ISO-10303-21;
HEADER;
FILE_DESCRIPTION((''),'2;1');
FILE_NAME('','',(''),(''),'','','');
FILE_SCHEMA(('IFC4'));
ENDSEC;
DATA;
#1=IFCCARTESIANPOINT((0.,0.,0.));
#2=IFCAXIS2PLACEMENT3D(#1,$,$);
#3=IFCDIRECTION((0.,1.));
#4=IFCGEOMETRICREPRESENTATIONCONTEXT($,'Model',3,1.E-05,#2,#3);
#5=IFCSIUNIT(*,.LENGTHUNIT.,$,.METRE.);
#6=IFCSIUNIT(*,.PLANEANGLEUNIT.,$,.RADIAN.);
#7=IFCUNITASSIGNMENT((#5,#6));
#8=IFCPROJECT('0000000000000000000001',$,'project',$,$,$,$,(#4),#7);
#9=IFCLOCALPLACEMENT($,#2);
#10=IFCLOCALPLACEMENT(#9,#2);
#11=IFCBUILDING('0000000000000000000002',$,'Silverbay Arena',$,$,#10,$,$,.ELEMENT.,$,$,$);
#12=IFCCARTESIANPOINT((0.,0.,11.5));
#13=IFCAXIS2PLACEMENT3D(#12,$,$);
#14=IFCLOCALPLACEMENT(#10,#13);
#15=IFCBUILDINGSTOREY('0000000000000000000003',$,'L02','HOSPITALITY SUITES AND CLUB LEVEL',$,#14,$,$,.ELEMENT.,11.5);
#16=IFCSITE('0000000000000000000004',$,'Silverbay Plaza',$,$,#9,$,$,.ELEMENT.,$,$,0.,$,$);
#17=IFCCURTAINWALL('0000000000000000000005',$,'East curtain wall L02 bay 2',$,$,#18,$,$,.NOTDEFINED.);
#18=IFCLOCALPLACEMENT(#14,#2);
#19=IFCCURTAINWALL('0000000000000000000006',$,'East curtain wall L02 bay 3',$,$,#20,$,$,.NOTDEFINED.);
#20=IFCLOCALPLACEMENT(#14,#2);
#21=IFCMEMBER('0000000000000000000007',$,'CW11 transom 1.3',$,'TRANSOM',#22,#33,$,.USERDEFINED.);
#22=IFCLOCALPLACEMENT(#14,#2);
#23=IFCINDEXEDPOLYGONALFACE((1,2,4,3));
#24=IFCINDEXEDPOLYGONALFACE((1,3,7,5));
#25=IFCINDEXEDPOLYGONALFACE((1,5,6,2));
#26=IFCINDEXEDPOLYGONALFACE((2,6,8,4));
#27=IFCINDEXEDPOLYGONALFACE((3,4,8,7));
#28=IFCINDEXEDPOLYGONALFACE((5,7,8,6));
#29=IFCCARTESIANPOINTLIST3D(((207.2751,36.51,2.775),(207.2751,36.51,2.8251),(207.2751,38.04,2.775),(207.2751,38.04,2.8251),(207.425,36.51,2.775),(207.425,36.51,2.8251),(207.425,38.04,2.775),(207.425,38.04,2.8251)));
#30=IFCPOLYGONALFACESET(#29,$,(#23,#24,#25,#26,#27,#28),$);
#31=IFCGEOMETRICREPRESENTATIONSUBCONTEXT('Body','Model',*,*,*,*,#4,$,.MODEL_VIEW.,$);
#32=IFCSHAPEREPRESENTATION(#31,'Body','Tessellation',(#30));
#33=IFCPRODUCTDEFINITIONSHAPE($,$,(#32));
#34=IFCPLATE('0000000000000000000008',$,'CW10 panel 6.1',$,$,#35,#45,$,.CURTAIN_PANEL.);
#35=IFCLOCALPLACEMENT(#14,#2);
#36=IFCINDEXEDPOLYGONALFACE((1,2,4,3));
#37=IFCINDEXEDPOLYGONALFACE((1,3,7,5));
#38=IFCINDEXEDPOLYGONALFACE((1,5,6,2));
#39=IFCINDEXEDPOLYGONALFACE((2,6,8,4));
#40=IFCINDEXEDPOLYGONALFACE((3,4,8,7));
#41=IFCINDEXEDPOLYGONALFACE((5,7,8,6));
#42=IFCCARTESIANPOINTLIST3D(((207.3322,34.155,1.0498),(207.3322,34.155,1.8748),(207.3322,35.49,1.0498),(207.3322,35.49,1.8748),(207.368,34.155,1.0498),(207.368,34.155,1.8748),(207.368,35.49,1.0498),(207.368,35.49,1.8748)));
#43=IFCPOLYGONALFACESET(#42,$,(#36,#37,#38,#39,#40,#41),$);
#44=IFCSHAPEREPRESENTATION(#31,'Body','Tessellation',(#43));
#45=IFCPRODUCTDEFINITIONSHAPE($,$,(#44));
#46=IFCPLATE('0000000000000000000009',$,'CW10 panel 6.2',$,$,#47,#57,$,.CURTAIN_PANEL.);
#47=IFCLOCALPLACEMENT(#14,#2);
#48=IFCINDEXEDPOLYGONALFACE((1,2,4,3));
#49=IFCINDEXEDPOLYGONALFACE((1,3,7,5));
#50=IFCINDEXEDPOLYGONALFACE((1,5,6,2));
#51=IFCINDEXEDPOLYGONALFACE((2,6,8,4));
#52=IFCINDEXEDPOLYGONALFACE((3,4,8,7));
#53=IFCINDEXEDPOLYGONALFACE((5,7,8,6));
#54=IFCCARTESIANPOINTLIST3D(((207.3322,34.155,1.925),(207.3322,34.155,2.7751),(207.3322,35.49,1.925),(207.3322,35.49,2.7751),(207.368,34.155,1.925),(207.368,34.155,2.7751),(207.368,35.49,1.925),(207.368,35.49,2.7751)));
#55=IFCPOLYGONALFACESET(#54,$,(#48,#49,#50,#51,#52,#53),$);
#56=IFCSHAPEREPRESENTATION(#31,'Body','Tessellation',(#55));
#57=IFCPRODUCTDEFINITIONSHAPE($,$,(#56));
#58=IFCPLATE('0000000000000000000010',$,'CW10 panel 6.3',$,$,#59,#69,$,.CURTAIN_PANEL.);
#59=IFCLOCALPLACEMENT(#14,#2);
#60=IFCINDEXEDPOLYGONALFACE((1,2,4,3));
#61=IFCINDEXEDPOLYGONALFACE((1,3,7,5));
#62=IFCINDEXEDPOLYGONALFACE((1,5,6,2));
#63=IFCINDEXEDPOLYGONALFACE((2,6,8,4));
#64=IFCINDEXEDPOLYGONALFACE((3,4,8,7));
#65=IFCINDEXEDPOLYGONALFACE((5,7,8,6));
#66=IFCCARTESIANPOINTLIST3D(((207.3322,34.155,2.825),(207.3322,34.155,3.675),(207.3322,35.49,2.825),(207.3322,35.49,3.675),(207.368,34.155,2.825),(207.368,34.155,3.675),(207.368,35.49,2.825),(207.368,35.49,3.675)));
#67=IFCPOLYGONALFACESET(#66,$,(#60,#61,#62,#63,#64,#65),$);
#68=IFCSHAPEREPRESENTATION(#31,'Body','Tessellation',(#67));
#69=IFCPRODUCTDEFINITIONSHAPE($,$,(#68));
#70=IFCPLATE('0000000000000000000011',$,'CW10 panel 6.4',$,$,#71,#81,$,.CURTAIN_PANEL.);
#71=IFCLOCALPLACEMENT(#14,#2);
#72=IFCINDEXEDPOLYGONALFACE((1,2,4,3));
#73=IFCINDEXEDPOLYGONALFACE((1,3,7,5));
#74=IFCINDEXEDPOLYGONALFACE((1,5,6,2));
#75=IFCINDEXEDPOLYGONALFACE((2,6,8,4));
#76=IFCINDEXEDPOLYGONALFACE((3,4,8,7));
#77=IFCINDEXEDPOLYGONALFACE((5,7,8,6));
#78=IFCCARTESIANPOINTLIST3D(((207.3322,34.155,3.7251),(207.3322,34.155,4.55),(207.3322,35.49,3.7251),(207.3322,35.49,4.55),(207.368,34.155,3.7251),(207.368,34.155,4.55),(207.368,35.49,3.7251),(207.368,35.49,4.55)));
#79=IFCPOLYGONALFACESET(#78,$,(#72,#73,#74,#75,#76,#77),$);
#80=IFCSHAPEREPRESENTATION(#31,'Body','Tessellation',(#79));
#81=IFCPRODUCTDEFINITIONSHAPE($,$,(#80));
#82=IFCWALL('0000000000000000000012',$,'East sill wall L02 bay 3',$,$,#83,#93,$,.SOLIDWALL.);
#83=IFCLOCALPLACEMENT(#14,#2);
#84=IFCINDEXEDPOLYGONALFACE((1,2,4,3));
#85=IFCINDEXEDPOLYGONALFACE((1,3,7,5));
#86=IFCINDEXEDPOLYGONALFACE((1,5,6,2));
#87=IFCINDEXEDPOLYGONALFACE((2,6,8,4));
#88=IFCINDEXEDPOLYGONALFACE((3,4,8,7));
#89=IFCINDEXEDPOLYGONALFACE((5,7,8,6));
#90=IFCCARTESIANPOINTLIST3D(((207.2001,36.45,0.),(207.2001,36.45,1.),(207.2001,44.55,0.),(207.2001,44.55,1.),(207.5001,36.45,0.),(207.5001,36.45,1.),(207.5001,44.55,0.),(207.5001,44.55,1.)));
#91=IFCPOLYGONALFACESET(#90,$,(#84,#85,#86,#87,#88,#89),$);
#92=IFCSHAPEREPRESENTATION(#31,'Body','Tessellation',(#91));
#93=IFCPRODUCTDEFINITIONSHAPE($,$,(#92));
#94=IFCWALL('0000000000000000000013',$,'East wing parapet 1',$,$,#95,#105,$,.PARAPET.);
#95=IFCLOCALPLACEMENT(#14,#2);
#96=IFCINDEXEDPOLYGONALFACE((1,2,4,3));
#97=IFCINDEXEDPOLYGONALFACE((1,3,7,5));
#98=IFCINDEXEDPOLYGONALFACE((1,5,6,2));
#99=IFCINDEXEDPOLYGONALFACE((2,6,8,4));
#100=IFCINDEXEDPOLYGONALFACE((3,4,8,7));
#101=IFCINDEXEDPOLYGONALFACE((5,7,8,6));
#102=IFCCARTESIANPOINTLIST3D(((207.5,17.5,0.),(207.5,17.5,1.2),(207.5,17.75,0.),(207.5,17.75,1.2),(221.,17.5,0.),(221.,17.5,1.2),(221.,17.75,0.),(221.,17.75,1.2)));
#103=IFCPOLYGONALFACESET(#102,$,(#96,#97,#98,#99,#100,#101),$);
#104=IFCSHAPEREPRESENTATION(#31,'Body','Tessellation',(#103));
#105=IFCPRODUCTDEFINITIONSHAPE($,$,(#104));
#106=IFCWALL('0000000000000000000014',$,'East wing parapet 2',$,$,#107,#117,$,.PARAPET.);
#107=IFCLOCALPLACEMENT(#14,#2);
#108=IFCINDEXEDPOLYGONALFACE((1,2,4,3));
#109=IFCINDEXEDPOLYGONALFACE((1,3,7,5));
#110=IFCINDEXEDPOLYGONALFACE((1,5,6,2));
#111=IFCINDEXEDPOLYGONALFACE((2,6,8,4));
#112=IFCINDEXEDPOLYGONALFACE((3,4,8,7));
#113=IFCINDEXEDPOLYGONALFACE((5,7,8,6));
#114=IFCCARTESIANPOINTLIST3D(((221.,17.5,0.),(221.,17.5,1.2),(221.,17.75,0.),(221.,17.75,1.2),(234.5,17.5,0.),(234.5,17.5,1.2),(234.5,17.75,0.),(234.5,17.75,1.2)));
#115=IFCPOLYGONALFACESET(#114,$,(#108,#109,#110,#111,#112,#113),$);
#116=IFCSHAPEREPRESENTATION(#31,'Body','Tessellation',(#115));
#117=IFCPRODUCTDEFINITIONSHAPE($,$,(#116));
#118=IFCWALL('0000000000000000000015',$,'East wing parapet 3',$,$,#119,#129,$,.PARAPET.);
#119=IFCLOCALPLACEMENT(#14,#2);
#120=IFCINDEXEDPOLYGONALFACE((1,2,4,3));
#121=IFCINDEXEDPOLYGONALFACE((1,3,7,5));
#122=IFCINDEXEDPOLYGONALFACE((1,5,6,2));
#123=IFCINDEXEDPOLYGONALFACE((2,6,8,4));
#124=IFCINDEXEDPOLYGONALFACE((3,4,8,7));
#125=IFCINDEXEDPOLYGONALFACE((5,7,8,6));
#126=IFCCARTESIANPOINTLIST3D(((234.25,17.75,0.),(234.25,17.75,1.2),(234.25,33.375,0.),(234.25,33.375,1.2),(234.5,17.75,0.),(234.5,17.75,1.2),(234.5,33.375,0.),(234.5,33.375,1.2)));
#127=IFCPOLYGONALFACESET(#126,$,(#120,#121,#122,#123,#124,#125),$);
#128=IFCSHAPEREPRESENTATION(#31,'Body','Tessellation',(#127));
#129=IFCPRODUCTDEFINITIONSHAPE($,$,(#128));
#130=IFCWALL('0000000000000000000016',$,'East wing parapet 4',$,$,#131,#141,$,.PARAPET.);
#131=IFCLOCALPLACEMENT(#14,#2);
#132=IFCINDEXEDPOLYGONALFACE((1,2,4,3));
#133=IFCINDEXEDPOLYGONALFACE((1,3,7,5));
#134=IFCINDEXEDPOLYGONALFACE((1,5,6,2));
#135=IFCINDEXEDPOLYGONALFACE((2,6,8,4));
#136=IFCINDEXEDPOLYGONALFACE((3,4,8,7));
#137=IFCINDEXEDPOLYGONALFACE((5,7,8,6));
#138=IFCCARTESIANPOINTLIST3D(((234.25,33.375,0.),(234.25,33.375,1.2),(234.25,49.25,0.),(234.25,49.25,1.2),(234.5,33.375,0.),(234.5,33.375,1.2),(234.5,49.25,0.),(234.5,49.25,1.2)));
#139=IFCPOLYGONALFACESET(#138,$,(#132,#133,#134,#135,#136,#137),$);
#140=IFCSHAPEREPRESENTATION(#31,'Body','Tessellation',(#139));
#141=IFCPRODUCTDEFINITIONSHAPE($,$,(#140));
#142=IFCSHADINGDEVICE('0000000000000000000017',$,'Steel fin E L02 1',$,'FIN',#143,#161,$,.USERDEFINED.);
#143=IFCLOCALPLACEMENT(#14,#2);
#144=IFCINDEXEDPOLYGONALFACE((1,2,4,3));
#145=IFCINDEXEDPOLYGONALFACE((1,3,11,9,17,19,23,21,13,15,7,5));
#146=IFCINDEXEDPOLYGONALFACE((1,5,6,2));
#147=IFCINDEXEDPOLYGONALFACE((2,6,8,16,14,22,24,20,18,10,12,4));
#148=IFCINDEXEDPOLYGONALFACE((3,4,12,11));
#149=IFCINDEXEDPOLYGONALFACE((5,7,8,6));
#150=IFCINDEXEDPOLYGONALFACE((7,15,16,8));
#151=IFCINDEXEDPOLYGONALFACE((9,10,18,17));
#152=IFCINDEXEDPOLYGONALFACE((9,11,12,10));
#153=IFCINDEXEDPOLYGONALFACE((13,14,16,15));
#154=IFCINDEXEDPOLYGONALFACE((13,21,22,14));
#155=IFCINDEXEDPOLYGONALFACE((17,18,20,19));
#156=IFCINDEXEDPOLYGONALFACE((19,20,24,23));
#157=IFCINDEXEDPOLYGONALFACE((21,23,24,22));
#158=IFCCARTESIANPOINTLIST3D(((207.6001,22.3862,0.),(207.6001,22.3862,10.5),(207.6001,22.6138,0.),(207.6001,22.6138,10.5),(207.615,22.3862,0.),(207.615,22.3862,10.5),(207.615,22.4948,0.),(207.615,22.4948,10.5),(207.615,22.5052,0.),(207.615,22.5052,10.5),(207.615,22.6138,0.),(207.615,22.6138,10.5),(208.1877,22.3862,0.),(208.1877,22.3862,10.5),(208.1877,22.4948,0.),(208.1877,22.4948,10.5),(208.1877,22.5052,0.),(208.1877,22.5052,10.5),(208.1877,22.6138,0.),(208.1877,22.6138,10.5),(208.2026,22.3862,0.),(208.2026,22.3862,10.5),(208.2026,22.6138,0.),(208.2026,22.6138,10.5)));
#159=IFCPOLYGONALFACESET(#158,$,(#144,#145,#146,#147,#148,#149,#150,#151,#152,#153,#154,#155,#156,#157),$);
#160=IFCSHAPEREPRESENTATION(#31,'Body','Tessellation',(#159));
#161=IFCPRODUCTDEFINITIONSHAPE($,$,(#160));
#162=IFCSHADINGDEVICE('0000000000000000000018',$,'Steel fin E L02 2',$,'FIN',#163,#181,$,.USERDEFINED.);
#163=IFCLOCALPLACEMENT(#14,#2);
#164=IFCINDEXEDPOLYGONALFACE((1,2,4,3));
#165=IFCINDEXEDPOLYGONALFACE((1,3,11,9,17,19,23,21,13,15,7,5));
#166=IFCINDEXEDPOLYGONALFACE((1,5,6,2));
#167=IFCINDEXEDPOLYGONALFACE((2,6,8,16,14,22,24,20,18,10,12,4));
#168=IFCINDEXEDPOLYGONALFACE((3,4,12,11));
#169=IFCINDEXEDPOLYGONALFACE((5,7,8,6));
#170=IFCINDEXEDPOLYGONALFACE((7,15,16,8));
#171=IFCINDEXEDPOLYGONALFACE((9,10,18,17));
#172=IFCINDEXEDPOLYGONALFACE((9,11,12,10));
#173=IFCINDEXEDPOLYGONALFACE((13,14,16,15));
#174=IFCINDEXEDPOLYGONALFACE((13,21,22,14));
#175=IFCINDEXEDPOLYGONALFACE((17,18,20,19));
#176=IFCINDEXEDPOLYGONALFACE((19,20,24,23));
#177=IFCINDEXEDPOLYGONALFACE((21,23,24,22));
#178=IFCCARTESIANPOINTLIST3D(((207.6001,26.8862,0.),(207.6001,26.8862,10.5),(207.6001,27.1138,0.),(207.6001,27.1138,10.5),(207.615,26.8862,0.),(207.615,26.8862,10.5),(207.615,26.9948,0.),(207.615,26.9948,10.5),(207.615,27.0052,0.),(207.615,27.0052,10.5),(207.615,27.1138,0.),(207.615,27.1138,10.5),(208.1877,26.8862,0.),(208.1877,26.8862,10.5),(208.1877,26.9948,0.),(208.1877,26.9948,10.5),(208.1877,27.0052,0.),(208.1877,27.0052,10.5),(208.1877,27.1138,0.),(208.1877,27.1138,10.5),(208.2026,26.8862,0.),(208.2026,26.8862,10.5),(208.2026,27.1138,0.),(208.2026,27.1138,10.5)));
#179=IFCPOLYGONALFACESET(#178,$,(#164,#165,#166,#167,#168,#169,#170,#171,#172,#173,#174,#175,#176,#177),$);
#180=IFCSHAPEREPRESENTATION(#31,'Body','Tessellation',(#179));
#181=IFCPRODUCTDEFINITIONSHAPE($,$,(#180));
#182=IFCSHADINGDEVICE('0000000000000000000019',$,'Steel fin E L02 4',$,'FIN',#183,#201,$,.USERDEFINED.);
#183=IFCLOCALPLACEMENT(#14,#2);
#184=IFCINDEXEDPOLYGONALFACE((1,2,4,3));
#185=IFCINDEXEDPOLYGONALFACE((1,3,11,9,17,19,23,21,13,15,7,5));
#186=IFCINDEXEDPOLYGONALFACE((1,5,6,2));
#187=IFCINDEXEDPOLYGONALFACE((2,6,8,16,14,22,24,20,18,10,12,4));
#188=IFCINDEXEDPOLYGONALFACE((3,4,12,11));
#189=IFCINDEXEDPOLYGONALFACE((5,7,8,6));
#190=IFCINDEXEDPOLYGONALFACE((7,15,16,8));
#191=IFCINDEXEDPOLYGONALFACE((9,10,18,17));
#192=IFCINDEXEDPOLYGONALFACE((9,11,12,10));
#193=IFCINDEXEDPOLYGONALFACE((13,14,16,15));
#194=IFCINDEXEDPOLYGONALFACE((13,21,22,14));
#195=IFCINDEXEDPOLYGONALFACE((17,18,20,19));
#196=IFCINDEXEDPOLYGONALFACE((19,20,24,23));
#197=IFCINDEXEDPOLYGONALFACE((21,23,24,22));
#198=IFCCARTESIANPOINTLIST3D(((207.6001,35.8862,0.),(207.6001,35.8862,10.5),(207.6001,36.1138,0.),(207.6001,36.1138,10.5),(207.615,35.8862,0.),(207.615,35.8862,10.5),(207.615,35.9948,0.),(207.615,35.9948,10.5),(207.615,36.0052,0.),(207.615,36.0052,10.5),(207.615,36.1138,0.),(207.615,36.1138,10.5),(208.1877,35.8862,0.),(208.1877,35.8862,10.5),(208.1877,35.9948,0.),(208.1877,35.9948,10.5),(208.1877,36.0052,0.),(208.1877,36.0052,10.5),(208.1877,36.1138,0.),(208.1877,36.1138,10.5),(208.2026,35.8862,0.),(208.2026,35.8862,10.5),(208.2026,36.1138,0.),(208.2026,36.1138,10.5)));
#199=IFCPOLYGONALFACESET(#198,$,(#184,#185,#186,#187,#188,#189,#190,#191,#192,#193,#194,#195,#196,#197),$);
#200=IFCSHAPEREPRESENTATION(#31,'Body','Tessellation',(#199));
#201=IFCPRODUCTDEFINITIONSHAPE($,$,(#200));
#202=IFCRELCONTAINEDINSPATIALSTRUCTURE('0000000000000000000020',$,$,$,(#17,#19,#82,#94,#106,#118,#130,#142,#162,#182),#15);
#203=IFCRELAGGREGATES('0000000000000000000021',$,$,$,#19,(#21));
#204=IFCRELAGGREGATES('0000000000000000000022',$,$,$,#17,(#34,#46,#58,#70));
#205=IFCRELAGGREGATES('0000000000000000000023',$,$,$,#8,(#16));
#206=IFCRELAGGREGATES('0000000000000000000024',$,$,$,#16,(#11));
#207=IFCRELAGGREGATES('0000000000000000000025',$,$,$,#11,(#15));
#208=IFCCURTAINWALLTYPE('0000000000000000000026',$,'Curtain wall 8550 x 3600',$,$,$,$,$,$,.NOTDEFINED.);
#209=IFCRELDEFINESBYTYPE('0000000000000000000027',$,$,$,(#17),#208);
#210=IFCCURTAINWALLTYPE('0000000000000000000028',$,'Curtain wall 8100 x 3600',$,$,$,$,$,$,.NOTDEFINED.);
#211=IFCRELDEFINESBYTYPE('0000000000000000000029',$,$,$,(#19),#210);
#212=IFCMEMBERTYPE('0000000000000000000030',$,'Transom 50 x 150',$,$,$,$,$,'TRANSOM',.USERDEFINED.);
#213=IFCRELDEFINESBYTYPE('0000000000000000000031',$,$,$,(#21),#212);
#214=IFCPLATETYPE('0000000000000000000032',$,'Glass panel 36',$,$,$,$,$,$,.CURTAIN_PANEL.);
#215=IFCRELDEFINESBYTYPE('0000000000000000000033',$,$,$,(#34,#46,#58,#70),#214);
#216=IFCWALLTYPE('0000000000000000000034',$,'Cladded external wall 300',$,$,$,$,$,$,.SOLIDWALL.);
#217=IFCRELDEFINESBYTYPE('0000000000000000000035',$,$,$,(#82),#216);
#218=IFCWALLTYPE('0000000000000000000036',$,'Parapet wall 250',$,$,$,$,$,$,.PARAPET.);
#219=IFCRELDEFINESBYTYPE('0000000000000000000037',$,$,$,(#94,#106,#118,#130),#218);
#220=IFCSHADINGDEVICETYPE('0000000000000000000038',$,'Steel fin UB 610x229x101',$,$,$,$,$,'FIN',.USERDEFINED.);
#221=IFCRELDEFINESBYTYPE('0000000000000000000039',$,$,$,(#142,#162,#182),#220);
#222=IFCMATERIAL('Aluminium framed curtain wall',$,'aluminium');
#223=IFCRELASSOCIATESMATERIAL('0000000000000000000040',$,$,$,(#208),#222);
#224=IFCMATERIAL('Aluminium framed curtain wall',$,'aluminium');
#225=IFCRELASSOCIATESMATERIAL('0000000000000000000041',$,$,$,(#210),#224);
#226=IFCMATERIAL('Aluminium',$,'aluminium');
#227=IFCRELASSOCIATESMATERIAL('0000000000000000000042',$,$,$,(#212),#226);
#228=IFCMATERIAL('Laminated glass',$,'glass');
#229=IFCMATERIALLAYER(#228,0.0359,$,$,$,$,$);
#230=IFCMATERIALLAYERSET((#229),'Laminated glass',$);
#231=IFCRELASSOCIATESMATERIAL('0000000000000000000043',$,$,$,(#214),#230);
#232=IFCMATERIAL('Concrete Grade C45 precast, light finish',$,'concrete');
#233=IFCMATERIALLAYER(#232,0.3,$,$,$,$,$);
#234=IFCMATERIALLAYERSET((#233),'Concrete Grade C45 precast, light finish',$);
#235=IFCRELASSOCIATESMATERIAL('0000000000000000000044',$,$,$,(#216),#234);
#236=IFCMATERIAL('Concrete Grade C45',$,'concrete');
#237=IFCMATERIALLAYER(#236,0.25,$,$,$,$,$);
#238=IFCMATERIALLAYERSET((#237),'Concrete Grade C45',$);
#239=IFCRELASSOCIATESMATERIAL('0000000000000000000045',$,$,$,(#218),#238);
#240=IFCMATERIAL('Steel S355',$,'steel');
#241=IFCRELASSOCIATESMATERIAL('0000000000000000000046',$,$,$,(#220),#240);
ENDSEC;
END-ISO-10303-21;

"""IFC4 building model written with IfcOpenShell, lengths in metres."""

from ifc_helpers import new_model, si_unit, direction, frame, frame_2d, origin, origin_2d, place, context, subcontext, project, spatial, rectangle, i_section, extrude, material, layer, layer_set, material_profile, profile_set, type_object, element, aggregate, save


model = new_model("IFC4")

# Units and contexts
model_context = context("Model", 3, precision=1e-05, world=origin(), true_north=direction((0.0, 1.0)))
body_context = subcontext(model_context, "Body", "Model", "MODEL_VIEW")
ifc_project = project(units=[si_unit("LENGTHUNIT", "METRE"), si_unit("PLANEANGLEUNIT", "RADIAN")], contexts=[model_context])

# Site, building, storey
site_placement = place(None, origin())
site = spatial("IfcSite", under=ifc_project, at=site_placement, Name="Silverbay Plaza", CompositionType="ELEMENT", RefElevation=0.0)
building_placement = place(site_placement, origin())
building = spatial("IfcBuilding", under=site, at=building_placement, Name="Silverbay Arena", CompositionType="ELEMENT")
storey_placement = place(building_placement, frame((0.0, 0.0, 11.5)))
storey = spatial("IfcBuildingStorey", under=building, at=storey_placement, Name="L02", Description="HOSPITALITY SUITES AND CLUB LEVEL", CompositionType="ELEMENT", Elevation=11.5)

# Curtain walls
ifc_material_1 = material(Name="Aluminium framed curtain wall", Category="aluminium")
curtain_wall_type_1 = type_object("IfcCurtainWallType", Name="Curtain wall 8550 x 3600", PredefinedType="NOTDEFINED", material=ifc_material_1)
curtain_wall_1_placement = place(storey_placement, origin())
curtain_wall_1 = element("IfcCurtainWall", 1, at=curtain_wall_1_placement, inside=storey, type_object=curtain_wall_type_1, Name="East curtain wall L02 bay 2", PredefinedType="NOTDEFINED")
ifc_material_2 = material(Name="Aluminium framed curtain wall", Category="aluminium")
curtain_wall_type_2 = type_object("IfcCurtainWallType", Name="Curtain wall 8100 x 3600", PredefinedType="NOTDEFINED", material=ifc_material_2)
curtain_wall_2_placement = place(storey_placement, origin())
curtain_wall_2 = element("IfcCurtainWall", 2, at=curtain_wall_2_placement, inside=storey, type_object=curtain_wall_type_2, Name="East curtain wall L02 bay 3", PredefinedType="NOTDEFINED")

# Member
ifc_material_3 = material(Name="Aluminium", Category="aluminium")
ifc_material_profile_1 = material_profile(ifc_material_3, rectangle(XDim=0.1499, YDim=0.05, at=origin_2d()), Name="Transom 50 x 150")
ifc_profile_set_1 = profile_set([ifc_material_profile_1], Name="Aluminium")
member_type_1 = type_object("IfcMemberType", Name="Transom 50 x 150", ElementType="TRANSOM", PredefinedType="USERDEFINED", material=ifc_profile_set_1)
member_1_placement = place(storey_placement, frame((207.3501, 36.51, 2.8), z_axis=(0.0, 1.0, 0.0), x_axis=(-1.0, 0.0, 0.0)))
member_1 = element("IfcMember", 3, at=member_1_placement, type_object=member_type_1, Name="CW11 transom 1.3", ObjectType="TRANSOM", PredefinedType="USERDEFINED", context=body_context, shape_type="SweptSolid", body=[
    extrude(rectangle(XDim=0.1499, YDim=0.05, at=origin_2d()), origin(), (0.0, 0.0, 1.0), 1.53),
])
aggregate(curtain_wall_2, [member_1])

# Plates
ifc_material_4 = material(Name="Laminated glass", Category="glass")
ifc_layer_1 = layer(ifc_material_4, 0.0359)
ifc_layer_set_1 = layer_set([ifc_layer_1], Name="Laminated glass")
plate_type = type_object("IfcPlateType", Name="Glass panel 36", PredefinedType="CURTAIN_PANEL", material=ifc_layer_set_1)
plate_1_placement = place(storey_placement, frame((207.3501, 34.8225, 1.0498), z_axis=(0.0, 0.0, 1.0), x_axis=(0.0, 1.0, 0.0)))
plate_1 = element("IfcPlate", 4, at=plate_1_placement, type_object=plate_type, Name="CW10 panel 6.1", PredefinedType="CURTAIN_PANEL", context=body_context, shape_type="SweptSolid", body=[
    extrude(rectangle(XDim=1.335, YDim=0.0359, at=origin_2d()), origin(), (0.0, 0.0, 1.0), 0.825),
])
plate_2_placement = place(storey_placement, frame((207.3501, 34.8225, 1.925), z_axis=(0.0, 0.0, 1.0), x_axis=(0.0, 1.0, 0.0)))
plate_2 = element("IfcPlate", 5, at=plate_2_placement, type_object=plate_type, Name="CW10 panel 6.2", PredefinedType="CURTAIN_PANEL", context=body_context, shape_type="SweptSolid", body=[
    extrude(rectangle(XDim=1.335, YDim=0.0359, at=origin_2d()), origin(), (0.0, 0.0, 1.0), 0.8501),
])
plate_3_placement = place(storey_placement, frame((207.3501, 34.8225, 2.825), z_axis=(0.0, 0.0, 1.0), x_axis=(0.0, 1.0, 0.0)))
plate_3 = element("IfcPlate", 6, at=plate_3_placement, type_object=plate_type, Name="CW10 panel 6.3", PredefinedType="CURTAIN_PANEL", context=body_context, shape_type="SweptSolid", body=[
    extrude(rectangle(XDim=1.335, YDim=0.0359, at=origin_2d()), origin(), (0.0, 0.0, 1.0), 0.8501),
])
plate_4_placement = place(storey_placement, frame((207.3501, 34.8225, 3.7251), z_axis=(0.0, 0.0, 1.0), x_axis=(0.0, 1.0, 0.0)))
plate_4 = element("IfcPlate", 7, at=plate_4_placement, type_object=plate_type, Name="CW10 panel 6.4", PredefinedType="CURTAIN_PANEL", context=body_context, shape_type="SweptSolid", body=[
    extrude(rectangle(XDim=1.335, YDim=0.0359, at=origin_2d()), origin(), (0.0, 0.0, 1.0), 0.825),
])
aggregate(curtain_wall_1, [plate_1, plate_2, plate_3, plate_4])

# Walls
ifc_material_5 = material(Name="Concrete Grade C45 precast, light finish", Category="concrete")
ifc_layer_2 = layer(ifc_material_5, 0.3)
ifc_layer_set_2 = layer_set([ifc_layer_2], Name="Concrete Grade C45 precast, light finish")
wall_type_1 = type_object("IfcWallType", Name="Cladded external wall 300", PredefinedType="SOLIDWALL", material=ifc_layer_set_2)
wall_1_placement = place(storey_placement, frame((207.3501, 36.45, 0.0), z_axis=(0.0, 0.0, 1.0), x_axis=(0.0, 1.0, 0.0)))
element("IfcWall", 8, at=wall_1_placement, inside=storey, type_object=wall_type_1, Name="East sill wall L02 bay 3", PredefinedType="SOLIDWALL", context=body_context, shape_type="SweptSolid", body=[
    extrude(rectangle(XDim=8.1001, YDim=0.3, at=frame_2d((4.05, 0.0))), origin(), (0.0, 0.0, 1.0), 1.0),
])
ifc_material_6 = material(Name="Concrete Grade C45", Category="concrete")
ifc_layer_3 = layer(ifc_material_6, 0.25)
ifc_layer_set_3 = layer_set([ifc_layer_3], Name="Concrete Grade C45")
wall_type_2 = type_object("IfcWallType", Name="Parapet wall 250", PredefinedType="PARAPET", material=ifc_layer_set_3)
for number, where, z_axis, x_axis, name in (
    (9, (207.5, 17.625, 0.0), (0.0, 0.0, 1.0), (1.0, 0.0, 0.0), "East wing parapet 1"),
    (10, (221.0, 17.625, 0.0), (0.0, 0.0, 1.0), (1.0, 0.0, 0.0), "East wing parapet 2"),
):
    element("IfcWall", number, at=place(storey_placement, frame(where, z_axis=z_axis, x_axis=x_axis)), inside=storey, type_object=wall_type_2, Name=name, PredefinedType="PARAPET", context=body_context, shape_type="SweptSolid", body=[
        extrude(rectangle(XDim=13.5, YDim=0.25, at=frame_2d((6.75, 0.0))), origin(), (0.0, 0.0, 1.0), 1.2),
    ])
wall_2_placement = place(storey_placement, frame((234.375, 17.75, 0.0), z_axis=(0.0, 0.0, 1.0), x_axis=(0.0, 1.0, 0.0)))
element("IfcWall", 11, at=wall_2_placement, inside=storey, type_object=wall_type_2, Name="East wing parapet 3", PredefinedType="PARAPET", context=body_context, shape_type="SweptSolid", body=[
    extrude(rectangle(XDim=15.625, YDim=0.25, at=frame_2d((7.8125, 0.0))), origin(), (0.0, 0.0, 1.0), 1.2),
])
wall_3_placement = place(storey_placement, frame((234.375, 33.375, 0.0), z_axis=(0.0, 0.0, 1.0), x_axis=(0.0, 1.0, 0.0)))
element("IfcWall", 12, at=wall_3_placement, inside=storey, type_object=wall_type_2, Name="East wing parapet 4", PredefinedType="PARAPET", context=body_context, shape_type="SweptSolid", body=[
    extrude(rectangle(XDim=15.875, YDim=0.25, at=frame_2d((7.9375, 0.0))), origin(), (0.0, 0.0, 1.0), 1.2),
])

# Shading devices
ifc_material_7 = material(Name="Steel S355", Category="steel")
ifc_material_profile_2 = material_profile(ifc_material_7, i_section(OverallWidth=0.2275, OverallDepth=0.6025, WebThickness=0.0105, FlangeThickness=0.0149, at=origin_2d()), Name="UB 610x229x101")
ifc_profile_set_2 = profile_set([ifc_material_profile_2], Name="Steel S355")
shading_device_type = type_object("IfcShadingDeviceType", Name="Steel fin UB 610x229x101", ElementType="FIN", PredefinedType="USERDEFINED", material=ifc_profile_set_2)
for number, where, z_axis, x_axis, name in (
    (13, (207.9014, 22.5, 0.0), (0.0, 0.0, 1.0), (0.0, 1.0, 0.0), "Steel fin E L02 1"),
    (14, (207.9014, 27.0, 0.0), (0.0, 0.0, 1.0), (0.0, 1.0, 0.0), "Steel fin E L02 2"),
    (15, (207.9014, 36.0, 0.0), (0.0, 0.0, 1.0), (0.0, 1.0, 0.0), "Steel fin E L02 4"),
):
    element("IfcShadingDevice", number, at=place(storey_placement, frame(where, z_axis=z_axis, x_axis=x_axis)), inside=storey, type_object=shading_device_type, Name=name, ObjectType="FIN", PredefinedType="USERDEFINED", context=body_context, shape_type="SweptSolid", body=[
        extrude(i_section(OverallWidth=0.2275, OverallDepth=0.6025, WebThickness=0.0105, FlangeThickness=0.0149, at=origin_2d()), origin(), (0.0, 0.0, 1.0), 10.5),
    ])

save(model, "model.ifc")
